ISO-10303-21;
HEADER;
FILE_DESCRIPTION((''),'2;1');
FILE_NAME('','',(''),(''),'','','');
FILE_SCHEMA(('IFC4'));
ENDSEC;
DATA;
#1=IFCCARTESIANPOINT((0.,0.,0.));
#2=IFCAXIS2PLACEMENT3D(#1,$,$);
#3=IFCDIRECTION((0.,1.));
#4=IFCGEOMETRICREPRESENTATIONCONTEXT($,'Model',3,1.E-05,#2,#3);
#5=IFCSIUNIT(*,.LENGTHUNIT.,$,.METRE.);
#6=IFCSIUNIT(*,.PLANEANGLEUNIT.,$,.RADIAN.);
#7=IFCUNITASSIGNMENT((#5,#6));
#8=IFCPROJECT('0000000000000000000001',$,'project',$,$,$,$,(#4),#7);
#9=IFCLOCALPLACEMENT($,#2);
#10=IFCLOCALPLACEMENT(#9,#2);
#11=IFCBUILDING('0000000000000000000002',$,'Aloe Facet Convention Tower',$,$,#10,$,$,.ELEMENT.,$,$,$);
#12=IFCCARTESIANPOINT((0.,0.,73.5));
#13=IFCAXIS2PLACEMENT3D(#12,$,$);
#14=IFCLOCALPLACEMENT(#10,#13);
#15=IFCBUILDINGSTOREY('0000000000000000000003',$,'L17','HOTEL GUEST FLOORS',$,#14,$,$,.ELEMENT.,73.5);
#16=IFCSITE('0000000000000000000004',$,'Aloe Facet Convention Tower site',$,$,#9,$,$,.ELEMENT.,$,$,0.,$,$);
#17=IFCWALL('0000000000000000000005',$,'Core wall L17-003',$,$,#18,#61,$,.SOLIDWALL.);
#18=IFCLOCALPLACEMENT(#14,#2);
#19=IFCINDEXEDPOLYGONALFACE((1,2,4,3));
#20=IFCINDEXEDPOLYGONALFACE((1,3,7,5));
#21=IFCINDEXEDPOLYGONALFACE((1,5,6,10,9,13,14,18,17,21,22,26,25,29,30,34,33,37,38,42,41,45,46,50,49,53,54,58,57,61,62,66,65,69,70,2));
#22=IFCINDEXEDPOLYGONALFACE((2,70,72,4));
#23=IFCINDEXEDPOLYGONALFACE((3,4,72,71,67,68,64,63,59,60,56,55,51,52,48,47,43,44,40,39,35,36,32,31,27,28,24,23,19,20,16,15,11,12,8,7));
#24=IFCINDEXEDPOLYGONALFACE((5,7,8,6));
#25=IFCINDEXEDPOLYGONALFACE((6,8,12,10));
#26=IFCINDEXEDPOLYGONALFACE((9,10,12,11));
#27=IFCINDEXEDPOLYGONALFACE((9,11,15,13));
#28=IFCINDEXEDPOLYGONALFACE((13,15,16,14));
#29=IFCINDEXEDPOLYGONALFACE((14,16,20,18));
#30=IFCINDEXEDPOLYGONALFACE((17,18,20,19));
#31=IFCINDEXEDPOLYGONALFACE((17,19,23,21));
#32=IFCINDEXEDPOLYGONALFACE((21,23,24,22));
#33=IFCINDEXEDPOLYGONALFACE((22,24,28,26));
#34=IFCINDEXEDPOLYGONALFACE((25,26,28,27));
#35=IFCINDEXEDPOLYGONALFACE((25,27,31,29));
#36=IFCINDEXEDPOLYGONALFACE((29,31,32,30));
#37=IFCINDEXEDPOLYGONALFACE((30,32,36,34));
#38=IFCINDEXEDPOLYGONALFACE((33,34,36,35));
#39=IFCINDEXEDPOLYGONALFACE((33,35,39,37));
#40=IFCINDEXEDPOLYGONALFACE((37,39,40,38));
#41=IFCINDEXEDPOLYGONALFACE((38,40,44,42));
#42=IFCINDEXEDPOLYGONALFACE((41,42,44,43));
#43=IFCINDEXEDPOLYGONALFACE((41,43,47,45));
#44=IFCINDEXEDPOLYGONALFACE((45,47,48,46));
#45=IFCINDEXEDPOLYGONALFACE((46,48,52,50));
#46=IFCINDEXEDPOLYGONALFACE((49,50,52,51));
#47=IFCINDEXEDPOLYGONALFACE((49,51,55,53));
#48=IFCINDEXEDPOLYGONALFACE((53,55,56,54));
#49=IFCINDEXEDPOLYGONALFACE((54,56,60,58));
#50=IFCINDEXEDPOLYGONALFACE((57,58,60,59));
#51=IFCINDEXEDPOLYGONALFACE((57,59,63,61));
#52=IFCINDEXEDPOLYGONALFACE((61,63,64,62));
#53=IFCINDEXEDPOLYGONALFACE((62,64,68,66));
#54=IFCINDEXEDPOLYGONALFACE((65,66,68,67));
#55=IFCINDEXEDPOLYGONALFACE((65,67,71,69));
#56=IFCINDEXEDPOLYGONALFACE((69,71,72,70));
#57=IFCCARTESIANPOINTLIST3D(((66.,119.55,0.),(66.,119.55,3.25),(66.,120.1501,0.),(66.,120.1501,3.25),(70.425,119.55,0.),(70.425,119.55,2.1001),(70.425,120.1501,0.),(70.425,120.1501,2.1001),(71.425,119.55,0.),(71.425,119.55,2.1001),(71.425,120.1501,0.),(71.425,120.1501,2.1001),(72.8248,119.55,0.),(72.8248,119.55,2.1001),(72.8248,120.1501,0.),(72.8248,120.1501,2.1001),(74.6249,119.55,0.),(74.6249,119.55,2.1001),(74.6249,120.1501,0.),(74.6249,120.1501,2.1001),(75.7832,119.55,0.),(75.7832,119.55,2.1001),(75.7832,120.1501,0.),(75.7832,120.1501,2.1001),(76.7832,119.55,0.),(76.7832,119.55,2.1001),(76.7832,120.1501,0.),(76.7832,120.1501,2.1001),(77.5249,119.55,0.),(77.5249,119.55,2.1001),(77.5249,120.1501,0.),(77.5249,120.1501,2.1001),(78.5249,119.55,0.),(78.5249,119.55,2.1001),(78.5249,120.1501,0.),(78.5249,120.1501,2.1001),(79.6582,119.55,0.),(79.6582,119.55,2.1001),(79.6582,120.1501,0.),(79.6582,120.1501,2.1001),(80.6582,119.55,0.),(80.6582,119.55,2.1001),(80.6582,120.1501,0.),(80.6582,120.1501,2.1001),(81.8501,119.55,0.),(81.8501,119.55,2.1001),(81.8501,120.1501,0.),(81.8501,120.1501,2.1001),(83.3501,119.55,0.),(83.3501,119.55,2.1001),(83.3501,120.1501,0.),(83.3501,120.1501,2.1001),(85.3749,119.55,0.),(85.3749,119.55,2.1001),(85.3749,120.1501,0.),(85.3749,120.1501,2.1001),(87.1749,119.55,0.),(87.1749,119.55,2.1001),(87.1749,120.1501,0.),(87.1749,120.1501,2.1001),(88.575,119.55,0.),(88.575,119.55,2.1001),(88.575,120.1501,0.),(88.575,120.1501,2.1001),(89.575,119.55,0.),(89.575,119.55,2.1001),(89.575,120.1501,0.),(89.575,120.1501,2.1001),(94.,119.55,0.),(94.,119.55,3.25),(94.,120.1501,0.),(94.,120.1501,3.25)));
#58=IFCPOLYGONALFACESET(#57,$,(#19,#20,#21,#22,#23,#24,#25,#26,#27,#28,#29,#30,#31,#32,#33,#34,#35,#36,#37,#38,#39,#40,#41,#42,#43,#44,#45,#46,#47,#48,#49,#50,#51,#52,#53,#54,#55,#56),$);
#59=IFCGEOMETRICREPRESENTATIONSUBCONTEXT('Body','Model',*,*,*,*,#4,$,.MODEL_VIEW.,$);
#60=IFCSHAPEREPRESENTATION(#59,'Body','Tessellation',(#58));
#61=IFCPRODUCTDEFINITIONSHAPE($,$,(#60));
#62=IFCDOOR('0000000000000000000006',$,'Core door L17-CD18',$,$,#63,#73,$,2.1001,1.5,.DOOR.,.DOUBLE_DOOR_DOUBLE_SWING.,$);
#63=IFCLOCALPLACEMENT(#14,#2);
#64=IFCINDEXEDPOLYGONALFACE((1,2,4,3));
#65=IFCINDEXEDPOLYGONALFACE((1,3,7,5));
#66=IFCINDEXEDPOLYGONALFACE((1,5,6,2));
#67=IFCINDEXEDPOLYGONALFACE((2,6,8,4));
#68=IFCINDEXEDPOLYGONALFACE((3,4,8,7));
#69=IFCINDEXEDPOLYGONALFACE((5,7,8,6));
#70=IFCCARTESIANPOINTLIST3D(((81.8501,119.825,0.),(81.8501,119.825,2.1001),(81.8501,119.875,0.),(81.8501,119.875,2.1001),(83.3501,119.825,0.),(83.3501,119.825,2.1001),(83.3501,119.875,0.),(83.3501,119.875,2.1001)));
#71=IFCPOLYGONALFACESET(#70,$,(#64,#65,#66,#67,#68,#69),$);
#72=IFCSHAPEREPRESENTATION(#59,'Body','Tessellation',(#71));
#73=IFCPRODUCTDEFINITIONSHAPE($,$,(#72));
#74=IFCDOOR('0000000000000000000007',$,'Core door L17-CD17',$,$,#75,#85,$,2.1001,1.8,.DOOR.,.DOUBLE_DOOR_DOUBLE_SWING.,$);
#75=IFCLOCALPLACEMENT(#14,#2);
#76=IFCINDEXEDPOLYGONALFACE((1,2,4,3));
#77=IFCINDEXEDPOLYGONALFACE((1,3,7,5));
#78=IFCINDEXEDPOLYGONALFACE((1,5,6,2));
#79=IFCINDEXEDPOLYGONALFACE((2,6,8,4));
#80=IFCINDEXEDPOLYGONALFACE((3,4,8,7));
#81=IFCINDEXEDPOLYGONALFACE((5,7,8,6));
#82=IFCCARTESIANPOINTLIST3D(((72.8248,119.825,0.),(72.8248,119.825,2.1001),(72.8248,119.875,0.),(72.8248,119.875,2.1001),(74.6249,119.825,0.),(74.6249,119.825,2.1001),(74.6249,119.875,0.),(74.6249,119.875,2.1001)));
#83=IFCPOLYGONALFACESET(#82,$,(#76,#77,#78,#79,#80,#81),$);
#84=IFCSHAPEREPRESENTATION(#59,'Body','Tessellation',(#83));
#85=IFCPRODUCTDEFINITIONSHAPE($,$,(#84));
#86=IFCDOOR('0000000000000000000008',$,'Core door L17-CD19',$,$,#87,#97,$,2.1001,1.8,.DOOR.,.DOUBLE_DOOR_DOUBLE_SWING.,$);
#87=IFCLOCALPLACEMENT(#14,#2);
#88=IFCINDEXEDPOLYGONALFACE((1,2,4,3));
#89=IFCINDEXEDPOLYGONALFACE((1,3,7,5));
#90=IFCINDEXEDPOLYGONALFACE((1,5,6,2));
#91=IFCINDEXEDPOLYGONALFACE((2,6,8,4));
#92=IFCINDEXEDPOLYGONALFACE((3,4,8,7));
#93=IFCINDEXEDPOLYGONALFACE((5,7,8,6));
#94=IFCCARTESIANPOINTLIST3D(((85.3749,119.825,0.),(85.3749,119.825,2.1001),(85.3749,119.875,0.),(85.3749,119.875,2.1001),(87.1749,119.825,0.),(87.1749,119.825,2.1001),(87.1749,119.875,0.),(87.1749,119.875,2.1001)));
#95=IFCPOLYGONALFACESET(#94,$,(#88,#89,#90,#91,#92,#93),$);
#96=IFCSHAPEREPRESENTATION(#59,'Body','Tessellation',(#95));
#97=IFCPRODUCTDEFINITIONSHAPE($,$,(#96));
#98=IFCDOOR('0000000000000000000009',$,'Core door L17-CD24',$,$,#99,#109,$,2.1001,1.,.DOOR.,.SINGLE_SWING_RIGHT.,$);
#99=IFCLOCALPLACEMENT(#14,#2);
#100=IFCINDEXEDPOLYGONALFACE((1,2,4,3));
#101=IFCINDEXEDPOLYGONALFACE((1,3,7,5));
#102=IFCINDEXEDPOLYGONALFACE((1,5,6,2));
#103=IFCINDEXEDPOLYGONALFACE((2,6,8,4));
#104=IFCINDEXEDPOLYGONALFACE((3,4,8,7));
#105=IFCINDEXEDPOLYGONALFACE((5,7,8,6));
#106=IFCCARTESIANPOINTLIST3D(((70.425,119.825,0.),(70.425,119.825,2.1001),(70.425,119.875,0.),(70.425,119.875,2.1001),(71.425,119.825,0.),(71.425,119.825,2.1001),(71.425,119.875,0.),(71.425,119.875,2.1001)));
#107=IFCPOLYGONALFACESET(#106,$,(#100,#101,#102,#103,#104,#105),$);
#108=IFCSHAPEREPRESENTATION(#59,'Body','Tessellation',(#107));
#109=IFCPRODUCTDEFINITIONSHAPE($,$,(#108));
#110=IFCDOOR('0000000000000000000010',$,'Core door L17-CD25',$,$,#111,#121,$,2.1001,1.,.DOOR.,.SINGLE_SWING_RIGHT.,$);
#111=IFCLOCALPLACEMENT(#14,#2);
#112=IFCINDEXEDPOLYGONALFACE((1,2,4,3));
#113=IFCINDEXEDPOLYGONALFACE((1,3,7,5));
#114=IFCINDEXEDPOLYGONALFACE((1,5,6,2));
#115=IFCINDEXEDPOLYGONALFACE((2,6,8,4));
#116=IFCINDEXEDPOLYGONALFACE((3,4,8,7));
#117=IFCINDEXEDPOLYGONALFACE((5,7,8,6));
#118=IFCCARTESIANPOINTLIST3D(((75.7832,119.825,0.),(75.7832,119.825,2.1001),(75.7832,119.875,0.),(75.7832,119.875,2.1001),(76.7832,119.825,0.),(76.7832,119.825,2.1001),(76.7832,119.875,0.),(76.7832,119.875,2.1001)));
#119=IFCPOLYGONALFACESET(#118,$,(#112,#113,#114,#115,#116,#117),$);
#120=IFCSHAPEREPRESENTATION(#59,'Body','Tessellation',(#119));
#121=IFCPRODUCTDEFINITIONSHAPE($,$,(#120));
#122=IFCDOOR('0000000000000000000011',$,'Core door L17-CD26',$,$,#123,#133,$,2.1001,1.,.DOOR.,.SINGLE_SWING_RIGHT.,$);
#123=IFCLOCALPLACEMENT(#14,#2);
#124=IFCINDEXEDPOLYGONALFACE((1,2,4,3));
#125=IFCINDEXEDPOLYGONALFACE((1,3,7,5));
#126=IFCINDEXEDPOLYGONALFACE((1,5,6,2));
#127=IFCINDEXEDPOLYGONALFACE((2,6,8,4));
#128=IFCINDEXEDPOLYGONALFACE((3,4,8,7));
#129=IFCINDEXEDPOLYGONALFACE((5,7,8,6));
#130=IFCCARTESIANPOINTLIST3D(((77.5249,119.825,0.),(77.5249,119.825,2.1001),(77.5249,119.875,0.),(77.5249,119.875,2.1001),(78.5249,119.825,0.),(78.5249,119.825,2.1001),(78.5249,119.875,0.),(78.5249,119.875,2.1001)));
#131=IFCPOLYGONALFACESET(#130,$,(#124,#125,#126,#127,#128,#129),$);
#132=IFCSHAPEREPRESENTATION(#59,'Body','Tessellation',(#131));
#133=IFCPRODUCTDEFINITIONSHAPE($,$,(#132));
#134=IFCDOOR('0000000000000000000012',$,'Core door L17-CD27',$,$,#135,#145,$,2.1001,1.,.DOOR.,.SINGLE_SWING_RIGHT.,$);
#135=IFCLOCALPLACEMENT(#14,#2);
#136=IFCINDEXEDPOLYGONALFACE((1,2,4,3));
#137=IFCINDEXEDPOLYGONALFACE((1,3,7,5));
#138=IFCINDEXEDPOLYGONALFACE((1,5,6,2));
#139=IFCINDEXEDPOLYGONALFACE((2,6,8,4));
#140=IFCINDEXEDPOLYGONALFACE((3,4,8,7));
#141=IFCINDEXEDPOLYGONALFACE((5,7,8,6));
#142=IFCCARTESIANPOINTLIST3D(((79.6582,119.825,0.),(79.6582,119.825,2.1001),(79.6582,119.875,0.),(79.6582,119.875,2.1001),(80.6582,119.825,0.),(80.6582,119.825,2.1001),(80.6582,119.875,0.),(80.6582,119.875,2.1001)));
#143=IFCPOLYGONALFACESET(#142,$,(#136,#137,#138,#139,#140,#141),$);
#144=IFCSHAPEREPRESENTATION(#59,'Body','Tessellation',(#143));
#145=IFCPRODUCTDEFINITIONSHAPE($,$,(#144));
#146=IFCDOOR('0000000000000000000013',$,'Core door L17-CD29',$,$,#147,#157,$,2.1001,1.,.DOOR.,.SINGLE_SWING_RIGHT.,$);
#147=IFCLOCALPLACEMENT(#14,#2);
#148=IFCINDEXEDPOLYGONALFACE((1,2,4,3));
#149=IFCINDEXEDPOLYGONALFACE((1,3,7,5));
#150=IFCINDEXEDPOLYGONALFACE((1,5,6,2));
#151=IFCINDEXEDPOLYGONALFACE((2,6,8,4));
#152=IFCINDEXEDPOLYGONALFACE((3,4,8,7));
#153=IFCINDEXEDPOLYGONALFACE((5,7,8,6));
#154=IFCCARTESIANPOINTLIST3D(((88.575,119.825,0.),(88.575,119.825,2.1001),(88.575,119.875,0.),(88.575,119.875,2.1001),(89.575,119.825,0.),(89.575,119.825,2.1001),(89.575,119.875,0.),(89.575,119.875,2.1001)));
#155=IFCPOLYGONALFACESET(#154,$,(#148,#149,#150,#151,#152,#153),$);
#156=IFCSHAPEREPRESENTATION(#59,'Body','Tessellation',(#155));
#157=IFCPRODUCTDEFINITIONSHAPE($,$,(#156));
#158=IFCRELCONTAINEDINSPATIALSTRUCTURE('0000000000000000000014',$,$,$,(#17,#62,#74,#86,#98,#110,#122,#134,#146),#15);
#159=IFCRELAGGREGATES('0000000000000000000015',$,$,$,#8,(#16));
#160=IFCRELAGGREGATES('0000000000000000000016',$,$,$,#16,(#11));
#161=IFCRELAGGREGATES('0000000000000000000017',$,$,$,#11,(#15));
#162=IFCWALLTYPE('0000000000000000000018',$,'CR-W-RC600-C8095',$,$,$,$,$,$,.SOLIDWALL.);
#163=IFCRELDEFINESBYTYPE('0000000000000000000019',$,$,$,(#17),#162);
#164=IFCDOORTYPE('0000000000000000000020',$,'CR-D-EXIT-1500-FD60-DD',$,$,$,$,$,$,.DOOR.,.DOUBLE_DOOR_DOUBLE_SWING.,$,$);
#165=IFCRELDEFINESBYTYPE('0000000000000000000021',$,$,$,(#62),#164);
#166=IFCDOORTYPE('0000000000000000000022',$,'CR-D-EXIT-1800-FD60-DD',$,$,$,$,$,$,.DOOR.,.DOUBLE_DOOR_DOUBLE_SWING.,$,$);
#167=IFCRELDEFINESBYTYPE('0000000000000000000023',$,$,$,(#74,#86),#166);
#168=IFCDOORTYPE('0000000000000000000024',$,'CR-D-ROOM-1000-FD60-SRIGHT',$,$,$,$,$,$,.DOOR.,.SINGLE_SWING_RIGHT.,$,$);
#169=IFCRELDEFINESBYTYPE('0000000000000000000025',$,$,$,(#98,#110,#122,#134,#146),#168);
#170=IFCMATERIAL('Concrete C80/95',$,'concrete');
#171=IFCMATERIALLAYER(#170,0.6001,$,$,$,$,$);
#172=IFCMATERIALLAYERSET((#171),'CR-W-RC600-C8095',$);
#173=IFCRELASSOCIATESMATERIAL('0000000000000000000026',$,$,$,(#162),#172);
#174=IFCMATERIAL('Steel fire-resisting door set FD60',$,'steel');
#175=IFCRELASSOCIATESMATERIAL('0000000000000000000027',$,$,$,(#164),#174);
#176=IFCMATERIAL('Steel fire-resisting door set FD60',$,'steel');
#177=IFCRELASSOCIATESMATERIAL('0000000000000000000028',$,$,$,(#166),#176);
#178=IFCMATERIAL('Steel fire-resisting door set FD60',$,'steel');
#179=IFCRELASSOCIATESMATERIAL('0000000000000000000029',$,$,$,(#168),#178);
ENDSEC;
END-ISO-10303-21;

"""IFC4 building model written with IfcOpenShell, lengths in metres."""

from ifc_helpers import new_model, si_unit, direction, frame, frame_2d, origin, place, context, subcontext, project, spatial, rectangle, extrude, material, layer, layer_set, type_object, element, fill, save


model = new_model("IFC4")

# Units and contexts
model_context = context("Model", 3, precision=1e-05, world=origin(), true_north=direction((0.0, 1.0)))
body_context = subcontext(model_context, "Body", "Model", "MODEL_VIEW")
ifc_project = project(units=[si_unit("LENGTHUNIT", "METRE"), si_unit("PLANEANGLEUNIT", "RADIAN")], contexts=[model_context])

# Site, building, storey
site_placement = place(None, origin())
site = spatial("IfcSite", under=ifc_project, at=site_placement, Name="Aloe Facet Convention Tower site", CompositionType="ELEMENT", RefElevation=0.0)
building_placement = place(site_placement, origin())
building = spatial("IfcBuilding", under=site, at=building_placement, Name="Aloe Facet Convention Tower", CompositionType="ELEMENT")
storey_placement = place(building_placement, frame((0.0, 0.0, 73.5)))
storey = spatial("IfcBuildingStorey", under=building, at=storey_placement, Name="L17", Description="HOTEL GUEST FLOORS", CompositionType="ELEMENT", Elevation=73.5)

# Wall, openings, doors
ifc_material_1 = material(Name="Concrete C80/95", Category="concrete")
ifc_layer_1 = layer(ifc_material_1, 0.6001)
ifc_layer_set_1 = layer_set([ifc_layer_1], Name="CR-W-RC600-C8095")
wall_type_1 = type_object("IfcWallType", Name="CR-W-RC600-C8095", PredefinedType="SOLIDWALL", material=ifc_layer_set_1)
wall_1_placement = place(storey_placement, frame((66.0, 119.8501, 0.0), z_axis=(0.0, 0.0, 1.0), x_axis=(1.0, 0.0, 0.0)))
wall_1 = element("IfcWall", 1, at=wall_1_placement, inside=storey, type_object=wall_type_1, Name="Core wall L17-003", PredefinedType="SOLIDWALL", context=body_context, shape_type="SweptSolid", body=[
    extrude(rectangle(XDim=28.0, YDim=0.6001, at=frame_2d((14.0, 0.0))), origin(), (0.0, 0.0, 1.0), 3.25),
])
opening_1_placement = place(wall_1_placement, frame((6.825, 0.0, 0.0)))
opening_1 = element("IfcOpeningElement", 2, at=opening_1_placement, cuts=wall_1, PredefinedType="OPENING", context=body_context, shape_type="SweptSolid", body=[
    extrude(rectangle(XDim=1.8, YDim=2.1001, at=frame_2d((0.8999, 1.05))), frame((0.0, 0.3101, 0.0), z_axis=(0.0, -1.0, 0.0), x_axis=(1.0, 0.0, 0.0)), (0.0, 0.0, 1.0), 0.6201),
])
opening_2_placement = place(wall_1_placement, frame((15.8501, 0.0, 0.0)))
opening_2 = element("IfcOpeningElement", 3, at=opening_2_placement, cuts=wall_1, PredefinedType="OPENING", context=body_context, shape_type="SweptSolid", body=[
    extrude(rectangle(XDim=1.5, YDim=2.1001, at=frame_2d((0.75, 1.05))), frame((0.0, 0.3101, 0.0), z_axis=(0.0, -1.0, 0.0), x_axis=(1.0, 0.0, 0.0)), (0.0, 0.0, 1.0), 0.6201),
])
opening_3_placement = place(wall_1_placement, frame((19.375, 0.0, 0.0)))
opening_3 = element("IfcOpeningElement", 4, at=opening_3_placement, cuts=wall_1, PredefinedType="OPENING", context=body_context, shape_type="SweptSolid", body=[
    extrude(rectangle(XDim=1.8, YDim=2.1001, at=frame_2d((0.8999, 1.05))), frame((0.0, 0.3101, 0.0), z_axis=(0.0, -1.0, 0.0), x_axis=(1.0, 0.0, 0.0)), (0.0, 0.0, 1.0), 0.6201),
])
opening_4_placement = place(wall_1_placement, frame((4.425, 0.0, 0.0)))
opening_4 = element("IfcOpeningElement", 5, at=opening_4_placement, cuts=wall_1, PredefinedType="OPENING", context=body_context, shape_type="SweptSolid", body=[
    extrude(rectangle(XDim=1.0, YDim=2.1001, at=frame_2d((0.5, 1.05))), frame((0.0, 0.3101, 0.0), z_axis=(0.0, -1.0, 0.0), x_axis=(1.0, 0.0, 0.0)), (0.0, 0.0, 1.0), 0.6201),
])
opening_5_placement = place(wall_1_placement, frame((9.7832, 0.0, 0.0)))
opening_5 = element("IfcOpeningElement", 6, at=opening_5_placement, cuts=wall_1, PredefinedType="OPENING", context=body_context, shape_type="SweptSolid", body=[
    extrude(rectangle(XDim=1.0, YDim=2.1001, at=frame_2d((0.5, 1.05))), frame((0.0, 0.3101, 0.0), z_axis=(0.0, -1.0, 0.0), x_axis=(1.0, 0.0, 0.0)), (0.0, 0.0, 1.0), 0.6201),
])
opening_6_placement = place(wall_1_placement, frame((11.5249, 0.0, 0.0)))
opening_6 = element("IfcOpeningElement", 7, at=opening_6_placement, cuts=wall_1, PredefinedType="OPENING", context=body_context, shape_type="SweptSolid", body=[
    extrude(rectangle(XDim=1.0, YDim=2.1001, at=frame_2d((0.5, 1.05))), frame((0.0, 0.3101, 0.0), z_axis=(0.0, -1.0, 0.0), x_axis=(1.0, 0.0, 0.0)), (0.0, 0.0, 1.0), 0.6201),
])
opening_7_placement = place(wall_1_placement, frame((13.6582, 0.0, 0.0)))
opening_7 = element("IfcOpeningElement", 8, at=opening_7_placement, cuts=wall_1, PredefinedType="OPENING", context=body_context, shape_type="SweptSolid", body=[
    extrude(rectangle(XDim=1.0, YDim=2.1001, at=frame_2d((0.5, 1.05))), frame((0.0, 0.3101, 0.0), z_axis=(0.0, -1.0, 0.0), x_axis=(1.0, 0.0, 0.0)), (0.0, 0.0, 1.0), 0.6201),
])
opening_8_placement = place(wall_1_placement, frame((22.575, 0.0, 0.0)))
opening_8 = element("IfcOpeningElement", 9, at=opening_8_placement, cuts=wall_1, PredefinedType="OPENING", context=body_context, shape_type="SweptSolid", body=[
    extrude(rectangle(XDim=1.0, YDim=2.1001, at=frame_2d((0.5, 1.05))), frame((0.0, 0.3101, 0.0), z_axis=(0.0, -1.0, 0.0), x_axis=(1.0, 0.0, 0.0)), (0.0, 0.0, 1.0), 0.6201),
])
ifc_material_2 = material(Name="Steel fire-resisting door set FD60", Category="steel")
door_type_1 = type_object("IfcDoorType", Name="CR-D-EXIT-1500-FD60-DD", OperationType="DOUBLE_DOOR_DOUBLE_SWING", PredefinedType="DOOR", material=ifc_material_2)
door_1_placement = place(opening_2_placement, origin())
door_1 = element("IfcDoor", 10, at=door_1_placement, inside=storey, type_object=door_type_1, Name="Core door L17-CD18", OperationType="DOUBLE_DOOR_DOUBLE_SWING", OverallHeight=2.1001, OverallWidth=1.5, PredefinedType="DOOR", context=body_context, shape_type="SweptSolid", body=[
    extrude(rectangle(XDim=1.5, YDim=2.1001, at=frame_2d((0.75, 1.05))), frame((0.0, 0.0249, 0.0), z_axis=(0.0, -1.0, 0.0), x_axis=(1.0, 0.0, 0.0)), (0.0, 0.0, 1.0), 0.05),
])
fill(opening_2, door_1)
ifc_material_3 = material(Name="Steel fire-resisting door set FD60", Category="steel")
door_type_2 = type_object("IfcDoorType", Name="CR-D-EXIT-1800-FD60-DD", OperationType="DOUBLE_DOOR_DOUBLE_SWING", PredefinedType="DOOR", material=ifc_material_3)
door_2_placement = place(opening_1_placement, origin())
door_2 = element("IfcDoor", 11, at=door_2_placement, inside=storey, type_object=door_type_2, Name="Core door L17-CD17", OperationType="DOUBLE_DOOR_DOUBLE_SWING", OverallHeight=2.1001, OverallWidth=1.8, PredefinedType="DOOR", context=body_context, shape_type="SweptSolid", body=[
    extrude(rectangle(XDim=1.8, YDim=2.1001, at=frame_2d((0.8999, 1.05))), frame((0.0, 0.0249, 0.0), z_axis=(0.0, -1.0, 0.0), x_axis=(1.0, 0.0, 0.0)), (0.0, 0.0, 1.0), 0.05),
])
fill(opening_1, door_2)
door_3_placement = place(opening_3_placement, origin())
door_3 = element("IfcDoor", 12, at=door_3_placement, inside=storey, type_object=door_type_2, Name="Core door L17-CD19", OperationType="DOUBLE_DOOR_DOUBLE_SWING", OverallHeight=2.1001, OverallWidth=1.8, PredefinedType="DOOR", context=body_context, shape_type="SweptSolid", body=[
    extrude(rectangle(XDim=1.8, YDim=2.1001, at=frame_2d((0.8999, 1.05))), frame((0.0, 0.0249, 0.0), z_axis=(0.0, -1.0, 0.0), x_axis=(1.0, 0.0, 0.0)), (0.0, 0.0, 1.0), 0.05),
])
fill(opening_3, door_3)
ifc_material_4 = material(Name="Steel fire-resisting door set FD60", Category="steel")
door_type_3 = type_object("IfcDoorType", Name="CR-D-ROOM-1000-FD60-SRIGHT", OperationType="SINGLE_SWING_RIGHT", PredefinedType="DOOR", material=ifc_material_4)
door_4_placement = place(opening_4_placement, origin())
door_4 = element("IfcDoor", 13, at=door_4_placement, inside=storey, type_object=door_type_3, Name="Core door L17-CD24", OperationType="SINGLE_SWING_RIGHT", OverallHeight=2.1001, OverallWidth=1.0, PredefinedType="DOOR", context=body_context, shape_type="SweptSolid", body=[
    extrude(rectangle(XDim=1.0, YDim=2.1001, at=frame_2d((0.5, 1.05))), frame((0.0, 0.0249, 0.0), z_axis=(0.0, -1.0, 0.0), x_axis=(1.0, 0.0, 0.0)), (0.0, 0.0, 1.0), 0.05),
])
fill(opening_4, door_4)
door_5_placement = place(opening_5_placement, origin())
door_5 = element("IfcDoor", 14, at=door_5_placement, inside=storey, type_object=door_type_3, Name="Core door L17-CD25", OperationType="SINGLE_SWING_RIGHT", OverallHeight=2.1001, OverallWidth=1.0, PredefinedType="DOOR", context=body_context, shape_type="SweptSolid", body=[
    extrude(rectangle(XDim=1.0, YDim=2.1001, at=frame_2d((0.5, 1.05))), frame((0.0, 0.0249, 0.0), z_axis=(0.0, -1.0, 0.0), x_axis=(1.0, 0.0, 0.0)), (0.0, 0.0, 1.0), 0.05),
])
fill(opening_5, door_5)
door_6_placement = place(opening_6_placement, origin())
door_6 = element("IfcDoor", 15, at=door_6_placement, inside=storey, type_object=door_type_3, Name="Core door L17-CD26", OperationType="SINGLE_SWING_RIGHT", OverallHeight=2.1001, OverallWidth=1.0, PredefinedType="DOOR", context=body_context, shape_type="SweptSolid", body=[
    extrude(rectangle(XDim=1.0, YDim=2.1001, at=frame_2d((0.5, 1.05))), frame((0.0, 0.0249, 0.0), z_axis=(0.0, -1.0, 0.0), x_axis=(1.0, 0.0, 0.0)), (0.0, 0.0, 1.0), 0.05),
])
fill(opening_6, door_6)
door_7_placement = place(opening_7_placement, origin())
door_7 = element("IfcDoor", 16, at=door_7_placement, inside=storey, type_object=door_type_3, Name="Core door L17-CD27", OperationType="SINGLE_SWING_RIGHT", OverallHeight=2.1001, OverallWidth=1.0, PredefinedType="DOOR", context=body_context, shape_type="SweptSolid", body=[
    extrude(rectangle(XDim=1.0, YDim=2.1001, at=frame_2d((0.5, 1.05))), frame((0.0, 0.0249, 0.0), z_axis=(0.0, -1.0, 0.0), x_axis=(1.0, 0.0, 0.0)), (0.0, 0.0, 1.0), 0.05),
])
fill(opening_7, door_7)
door_8_placement = place(opening_8_placement, origin())
door_8 = element("IfcDoor", 17, at=door_8_placement, inside=storey, type_object=door_type_3, Name="Core door L17-CD29", OperationType="SINGLE_SWING_RIGHT", OverallHeight=2.1001, OverallWidth=1.0, PredefinedType="DOOR", context=body_context, shape_type="SweptSolid", body=[
    extrude(rectangle(XDim=1.0, YDim=2.1001, at=frame_2d((0.5, 1.05))), frame((0.0, 0.0249, 0.0), z_axis=(0.0, -1.0, 0.0), x_axis=(1.0, 0.0, 0.0)), (0.0, 0.0, 1.0), 0.05),
])
fill(opening_8, door_8)

save(model, "model.ifc")
